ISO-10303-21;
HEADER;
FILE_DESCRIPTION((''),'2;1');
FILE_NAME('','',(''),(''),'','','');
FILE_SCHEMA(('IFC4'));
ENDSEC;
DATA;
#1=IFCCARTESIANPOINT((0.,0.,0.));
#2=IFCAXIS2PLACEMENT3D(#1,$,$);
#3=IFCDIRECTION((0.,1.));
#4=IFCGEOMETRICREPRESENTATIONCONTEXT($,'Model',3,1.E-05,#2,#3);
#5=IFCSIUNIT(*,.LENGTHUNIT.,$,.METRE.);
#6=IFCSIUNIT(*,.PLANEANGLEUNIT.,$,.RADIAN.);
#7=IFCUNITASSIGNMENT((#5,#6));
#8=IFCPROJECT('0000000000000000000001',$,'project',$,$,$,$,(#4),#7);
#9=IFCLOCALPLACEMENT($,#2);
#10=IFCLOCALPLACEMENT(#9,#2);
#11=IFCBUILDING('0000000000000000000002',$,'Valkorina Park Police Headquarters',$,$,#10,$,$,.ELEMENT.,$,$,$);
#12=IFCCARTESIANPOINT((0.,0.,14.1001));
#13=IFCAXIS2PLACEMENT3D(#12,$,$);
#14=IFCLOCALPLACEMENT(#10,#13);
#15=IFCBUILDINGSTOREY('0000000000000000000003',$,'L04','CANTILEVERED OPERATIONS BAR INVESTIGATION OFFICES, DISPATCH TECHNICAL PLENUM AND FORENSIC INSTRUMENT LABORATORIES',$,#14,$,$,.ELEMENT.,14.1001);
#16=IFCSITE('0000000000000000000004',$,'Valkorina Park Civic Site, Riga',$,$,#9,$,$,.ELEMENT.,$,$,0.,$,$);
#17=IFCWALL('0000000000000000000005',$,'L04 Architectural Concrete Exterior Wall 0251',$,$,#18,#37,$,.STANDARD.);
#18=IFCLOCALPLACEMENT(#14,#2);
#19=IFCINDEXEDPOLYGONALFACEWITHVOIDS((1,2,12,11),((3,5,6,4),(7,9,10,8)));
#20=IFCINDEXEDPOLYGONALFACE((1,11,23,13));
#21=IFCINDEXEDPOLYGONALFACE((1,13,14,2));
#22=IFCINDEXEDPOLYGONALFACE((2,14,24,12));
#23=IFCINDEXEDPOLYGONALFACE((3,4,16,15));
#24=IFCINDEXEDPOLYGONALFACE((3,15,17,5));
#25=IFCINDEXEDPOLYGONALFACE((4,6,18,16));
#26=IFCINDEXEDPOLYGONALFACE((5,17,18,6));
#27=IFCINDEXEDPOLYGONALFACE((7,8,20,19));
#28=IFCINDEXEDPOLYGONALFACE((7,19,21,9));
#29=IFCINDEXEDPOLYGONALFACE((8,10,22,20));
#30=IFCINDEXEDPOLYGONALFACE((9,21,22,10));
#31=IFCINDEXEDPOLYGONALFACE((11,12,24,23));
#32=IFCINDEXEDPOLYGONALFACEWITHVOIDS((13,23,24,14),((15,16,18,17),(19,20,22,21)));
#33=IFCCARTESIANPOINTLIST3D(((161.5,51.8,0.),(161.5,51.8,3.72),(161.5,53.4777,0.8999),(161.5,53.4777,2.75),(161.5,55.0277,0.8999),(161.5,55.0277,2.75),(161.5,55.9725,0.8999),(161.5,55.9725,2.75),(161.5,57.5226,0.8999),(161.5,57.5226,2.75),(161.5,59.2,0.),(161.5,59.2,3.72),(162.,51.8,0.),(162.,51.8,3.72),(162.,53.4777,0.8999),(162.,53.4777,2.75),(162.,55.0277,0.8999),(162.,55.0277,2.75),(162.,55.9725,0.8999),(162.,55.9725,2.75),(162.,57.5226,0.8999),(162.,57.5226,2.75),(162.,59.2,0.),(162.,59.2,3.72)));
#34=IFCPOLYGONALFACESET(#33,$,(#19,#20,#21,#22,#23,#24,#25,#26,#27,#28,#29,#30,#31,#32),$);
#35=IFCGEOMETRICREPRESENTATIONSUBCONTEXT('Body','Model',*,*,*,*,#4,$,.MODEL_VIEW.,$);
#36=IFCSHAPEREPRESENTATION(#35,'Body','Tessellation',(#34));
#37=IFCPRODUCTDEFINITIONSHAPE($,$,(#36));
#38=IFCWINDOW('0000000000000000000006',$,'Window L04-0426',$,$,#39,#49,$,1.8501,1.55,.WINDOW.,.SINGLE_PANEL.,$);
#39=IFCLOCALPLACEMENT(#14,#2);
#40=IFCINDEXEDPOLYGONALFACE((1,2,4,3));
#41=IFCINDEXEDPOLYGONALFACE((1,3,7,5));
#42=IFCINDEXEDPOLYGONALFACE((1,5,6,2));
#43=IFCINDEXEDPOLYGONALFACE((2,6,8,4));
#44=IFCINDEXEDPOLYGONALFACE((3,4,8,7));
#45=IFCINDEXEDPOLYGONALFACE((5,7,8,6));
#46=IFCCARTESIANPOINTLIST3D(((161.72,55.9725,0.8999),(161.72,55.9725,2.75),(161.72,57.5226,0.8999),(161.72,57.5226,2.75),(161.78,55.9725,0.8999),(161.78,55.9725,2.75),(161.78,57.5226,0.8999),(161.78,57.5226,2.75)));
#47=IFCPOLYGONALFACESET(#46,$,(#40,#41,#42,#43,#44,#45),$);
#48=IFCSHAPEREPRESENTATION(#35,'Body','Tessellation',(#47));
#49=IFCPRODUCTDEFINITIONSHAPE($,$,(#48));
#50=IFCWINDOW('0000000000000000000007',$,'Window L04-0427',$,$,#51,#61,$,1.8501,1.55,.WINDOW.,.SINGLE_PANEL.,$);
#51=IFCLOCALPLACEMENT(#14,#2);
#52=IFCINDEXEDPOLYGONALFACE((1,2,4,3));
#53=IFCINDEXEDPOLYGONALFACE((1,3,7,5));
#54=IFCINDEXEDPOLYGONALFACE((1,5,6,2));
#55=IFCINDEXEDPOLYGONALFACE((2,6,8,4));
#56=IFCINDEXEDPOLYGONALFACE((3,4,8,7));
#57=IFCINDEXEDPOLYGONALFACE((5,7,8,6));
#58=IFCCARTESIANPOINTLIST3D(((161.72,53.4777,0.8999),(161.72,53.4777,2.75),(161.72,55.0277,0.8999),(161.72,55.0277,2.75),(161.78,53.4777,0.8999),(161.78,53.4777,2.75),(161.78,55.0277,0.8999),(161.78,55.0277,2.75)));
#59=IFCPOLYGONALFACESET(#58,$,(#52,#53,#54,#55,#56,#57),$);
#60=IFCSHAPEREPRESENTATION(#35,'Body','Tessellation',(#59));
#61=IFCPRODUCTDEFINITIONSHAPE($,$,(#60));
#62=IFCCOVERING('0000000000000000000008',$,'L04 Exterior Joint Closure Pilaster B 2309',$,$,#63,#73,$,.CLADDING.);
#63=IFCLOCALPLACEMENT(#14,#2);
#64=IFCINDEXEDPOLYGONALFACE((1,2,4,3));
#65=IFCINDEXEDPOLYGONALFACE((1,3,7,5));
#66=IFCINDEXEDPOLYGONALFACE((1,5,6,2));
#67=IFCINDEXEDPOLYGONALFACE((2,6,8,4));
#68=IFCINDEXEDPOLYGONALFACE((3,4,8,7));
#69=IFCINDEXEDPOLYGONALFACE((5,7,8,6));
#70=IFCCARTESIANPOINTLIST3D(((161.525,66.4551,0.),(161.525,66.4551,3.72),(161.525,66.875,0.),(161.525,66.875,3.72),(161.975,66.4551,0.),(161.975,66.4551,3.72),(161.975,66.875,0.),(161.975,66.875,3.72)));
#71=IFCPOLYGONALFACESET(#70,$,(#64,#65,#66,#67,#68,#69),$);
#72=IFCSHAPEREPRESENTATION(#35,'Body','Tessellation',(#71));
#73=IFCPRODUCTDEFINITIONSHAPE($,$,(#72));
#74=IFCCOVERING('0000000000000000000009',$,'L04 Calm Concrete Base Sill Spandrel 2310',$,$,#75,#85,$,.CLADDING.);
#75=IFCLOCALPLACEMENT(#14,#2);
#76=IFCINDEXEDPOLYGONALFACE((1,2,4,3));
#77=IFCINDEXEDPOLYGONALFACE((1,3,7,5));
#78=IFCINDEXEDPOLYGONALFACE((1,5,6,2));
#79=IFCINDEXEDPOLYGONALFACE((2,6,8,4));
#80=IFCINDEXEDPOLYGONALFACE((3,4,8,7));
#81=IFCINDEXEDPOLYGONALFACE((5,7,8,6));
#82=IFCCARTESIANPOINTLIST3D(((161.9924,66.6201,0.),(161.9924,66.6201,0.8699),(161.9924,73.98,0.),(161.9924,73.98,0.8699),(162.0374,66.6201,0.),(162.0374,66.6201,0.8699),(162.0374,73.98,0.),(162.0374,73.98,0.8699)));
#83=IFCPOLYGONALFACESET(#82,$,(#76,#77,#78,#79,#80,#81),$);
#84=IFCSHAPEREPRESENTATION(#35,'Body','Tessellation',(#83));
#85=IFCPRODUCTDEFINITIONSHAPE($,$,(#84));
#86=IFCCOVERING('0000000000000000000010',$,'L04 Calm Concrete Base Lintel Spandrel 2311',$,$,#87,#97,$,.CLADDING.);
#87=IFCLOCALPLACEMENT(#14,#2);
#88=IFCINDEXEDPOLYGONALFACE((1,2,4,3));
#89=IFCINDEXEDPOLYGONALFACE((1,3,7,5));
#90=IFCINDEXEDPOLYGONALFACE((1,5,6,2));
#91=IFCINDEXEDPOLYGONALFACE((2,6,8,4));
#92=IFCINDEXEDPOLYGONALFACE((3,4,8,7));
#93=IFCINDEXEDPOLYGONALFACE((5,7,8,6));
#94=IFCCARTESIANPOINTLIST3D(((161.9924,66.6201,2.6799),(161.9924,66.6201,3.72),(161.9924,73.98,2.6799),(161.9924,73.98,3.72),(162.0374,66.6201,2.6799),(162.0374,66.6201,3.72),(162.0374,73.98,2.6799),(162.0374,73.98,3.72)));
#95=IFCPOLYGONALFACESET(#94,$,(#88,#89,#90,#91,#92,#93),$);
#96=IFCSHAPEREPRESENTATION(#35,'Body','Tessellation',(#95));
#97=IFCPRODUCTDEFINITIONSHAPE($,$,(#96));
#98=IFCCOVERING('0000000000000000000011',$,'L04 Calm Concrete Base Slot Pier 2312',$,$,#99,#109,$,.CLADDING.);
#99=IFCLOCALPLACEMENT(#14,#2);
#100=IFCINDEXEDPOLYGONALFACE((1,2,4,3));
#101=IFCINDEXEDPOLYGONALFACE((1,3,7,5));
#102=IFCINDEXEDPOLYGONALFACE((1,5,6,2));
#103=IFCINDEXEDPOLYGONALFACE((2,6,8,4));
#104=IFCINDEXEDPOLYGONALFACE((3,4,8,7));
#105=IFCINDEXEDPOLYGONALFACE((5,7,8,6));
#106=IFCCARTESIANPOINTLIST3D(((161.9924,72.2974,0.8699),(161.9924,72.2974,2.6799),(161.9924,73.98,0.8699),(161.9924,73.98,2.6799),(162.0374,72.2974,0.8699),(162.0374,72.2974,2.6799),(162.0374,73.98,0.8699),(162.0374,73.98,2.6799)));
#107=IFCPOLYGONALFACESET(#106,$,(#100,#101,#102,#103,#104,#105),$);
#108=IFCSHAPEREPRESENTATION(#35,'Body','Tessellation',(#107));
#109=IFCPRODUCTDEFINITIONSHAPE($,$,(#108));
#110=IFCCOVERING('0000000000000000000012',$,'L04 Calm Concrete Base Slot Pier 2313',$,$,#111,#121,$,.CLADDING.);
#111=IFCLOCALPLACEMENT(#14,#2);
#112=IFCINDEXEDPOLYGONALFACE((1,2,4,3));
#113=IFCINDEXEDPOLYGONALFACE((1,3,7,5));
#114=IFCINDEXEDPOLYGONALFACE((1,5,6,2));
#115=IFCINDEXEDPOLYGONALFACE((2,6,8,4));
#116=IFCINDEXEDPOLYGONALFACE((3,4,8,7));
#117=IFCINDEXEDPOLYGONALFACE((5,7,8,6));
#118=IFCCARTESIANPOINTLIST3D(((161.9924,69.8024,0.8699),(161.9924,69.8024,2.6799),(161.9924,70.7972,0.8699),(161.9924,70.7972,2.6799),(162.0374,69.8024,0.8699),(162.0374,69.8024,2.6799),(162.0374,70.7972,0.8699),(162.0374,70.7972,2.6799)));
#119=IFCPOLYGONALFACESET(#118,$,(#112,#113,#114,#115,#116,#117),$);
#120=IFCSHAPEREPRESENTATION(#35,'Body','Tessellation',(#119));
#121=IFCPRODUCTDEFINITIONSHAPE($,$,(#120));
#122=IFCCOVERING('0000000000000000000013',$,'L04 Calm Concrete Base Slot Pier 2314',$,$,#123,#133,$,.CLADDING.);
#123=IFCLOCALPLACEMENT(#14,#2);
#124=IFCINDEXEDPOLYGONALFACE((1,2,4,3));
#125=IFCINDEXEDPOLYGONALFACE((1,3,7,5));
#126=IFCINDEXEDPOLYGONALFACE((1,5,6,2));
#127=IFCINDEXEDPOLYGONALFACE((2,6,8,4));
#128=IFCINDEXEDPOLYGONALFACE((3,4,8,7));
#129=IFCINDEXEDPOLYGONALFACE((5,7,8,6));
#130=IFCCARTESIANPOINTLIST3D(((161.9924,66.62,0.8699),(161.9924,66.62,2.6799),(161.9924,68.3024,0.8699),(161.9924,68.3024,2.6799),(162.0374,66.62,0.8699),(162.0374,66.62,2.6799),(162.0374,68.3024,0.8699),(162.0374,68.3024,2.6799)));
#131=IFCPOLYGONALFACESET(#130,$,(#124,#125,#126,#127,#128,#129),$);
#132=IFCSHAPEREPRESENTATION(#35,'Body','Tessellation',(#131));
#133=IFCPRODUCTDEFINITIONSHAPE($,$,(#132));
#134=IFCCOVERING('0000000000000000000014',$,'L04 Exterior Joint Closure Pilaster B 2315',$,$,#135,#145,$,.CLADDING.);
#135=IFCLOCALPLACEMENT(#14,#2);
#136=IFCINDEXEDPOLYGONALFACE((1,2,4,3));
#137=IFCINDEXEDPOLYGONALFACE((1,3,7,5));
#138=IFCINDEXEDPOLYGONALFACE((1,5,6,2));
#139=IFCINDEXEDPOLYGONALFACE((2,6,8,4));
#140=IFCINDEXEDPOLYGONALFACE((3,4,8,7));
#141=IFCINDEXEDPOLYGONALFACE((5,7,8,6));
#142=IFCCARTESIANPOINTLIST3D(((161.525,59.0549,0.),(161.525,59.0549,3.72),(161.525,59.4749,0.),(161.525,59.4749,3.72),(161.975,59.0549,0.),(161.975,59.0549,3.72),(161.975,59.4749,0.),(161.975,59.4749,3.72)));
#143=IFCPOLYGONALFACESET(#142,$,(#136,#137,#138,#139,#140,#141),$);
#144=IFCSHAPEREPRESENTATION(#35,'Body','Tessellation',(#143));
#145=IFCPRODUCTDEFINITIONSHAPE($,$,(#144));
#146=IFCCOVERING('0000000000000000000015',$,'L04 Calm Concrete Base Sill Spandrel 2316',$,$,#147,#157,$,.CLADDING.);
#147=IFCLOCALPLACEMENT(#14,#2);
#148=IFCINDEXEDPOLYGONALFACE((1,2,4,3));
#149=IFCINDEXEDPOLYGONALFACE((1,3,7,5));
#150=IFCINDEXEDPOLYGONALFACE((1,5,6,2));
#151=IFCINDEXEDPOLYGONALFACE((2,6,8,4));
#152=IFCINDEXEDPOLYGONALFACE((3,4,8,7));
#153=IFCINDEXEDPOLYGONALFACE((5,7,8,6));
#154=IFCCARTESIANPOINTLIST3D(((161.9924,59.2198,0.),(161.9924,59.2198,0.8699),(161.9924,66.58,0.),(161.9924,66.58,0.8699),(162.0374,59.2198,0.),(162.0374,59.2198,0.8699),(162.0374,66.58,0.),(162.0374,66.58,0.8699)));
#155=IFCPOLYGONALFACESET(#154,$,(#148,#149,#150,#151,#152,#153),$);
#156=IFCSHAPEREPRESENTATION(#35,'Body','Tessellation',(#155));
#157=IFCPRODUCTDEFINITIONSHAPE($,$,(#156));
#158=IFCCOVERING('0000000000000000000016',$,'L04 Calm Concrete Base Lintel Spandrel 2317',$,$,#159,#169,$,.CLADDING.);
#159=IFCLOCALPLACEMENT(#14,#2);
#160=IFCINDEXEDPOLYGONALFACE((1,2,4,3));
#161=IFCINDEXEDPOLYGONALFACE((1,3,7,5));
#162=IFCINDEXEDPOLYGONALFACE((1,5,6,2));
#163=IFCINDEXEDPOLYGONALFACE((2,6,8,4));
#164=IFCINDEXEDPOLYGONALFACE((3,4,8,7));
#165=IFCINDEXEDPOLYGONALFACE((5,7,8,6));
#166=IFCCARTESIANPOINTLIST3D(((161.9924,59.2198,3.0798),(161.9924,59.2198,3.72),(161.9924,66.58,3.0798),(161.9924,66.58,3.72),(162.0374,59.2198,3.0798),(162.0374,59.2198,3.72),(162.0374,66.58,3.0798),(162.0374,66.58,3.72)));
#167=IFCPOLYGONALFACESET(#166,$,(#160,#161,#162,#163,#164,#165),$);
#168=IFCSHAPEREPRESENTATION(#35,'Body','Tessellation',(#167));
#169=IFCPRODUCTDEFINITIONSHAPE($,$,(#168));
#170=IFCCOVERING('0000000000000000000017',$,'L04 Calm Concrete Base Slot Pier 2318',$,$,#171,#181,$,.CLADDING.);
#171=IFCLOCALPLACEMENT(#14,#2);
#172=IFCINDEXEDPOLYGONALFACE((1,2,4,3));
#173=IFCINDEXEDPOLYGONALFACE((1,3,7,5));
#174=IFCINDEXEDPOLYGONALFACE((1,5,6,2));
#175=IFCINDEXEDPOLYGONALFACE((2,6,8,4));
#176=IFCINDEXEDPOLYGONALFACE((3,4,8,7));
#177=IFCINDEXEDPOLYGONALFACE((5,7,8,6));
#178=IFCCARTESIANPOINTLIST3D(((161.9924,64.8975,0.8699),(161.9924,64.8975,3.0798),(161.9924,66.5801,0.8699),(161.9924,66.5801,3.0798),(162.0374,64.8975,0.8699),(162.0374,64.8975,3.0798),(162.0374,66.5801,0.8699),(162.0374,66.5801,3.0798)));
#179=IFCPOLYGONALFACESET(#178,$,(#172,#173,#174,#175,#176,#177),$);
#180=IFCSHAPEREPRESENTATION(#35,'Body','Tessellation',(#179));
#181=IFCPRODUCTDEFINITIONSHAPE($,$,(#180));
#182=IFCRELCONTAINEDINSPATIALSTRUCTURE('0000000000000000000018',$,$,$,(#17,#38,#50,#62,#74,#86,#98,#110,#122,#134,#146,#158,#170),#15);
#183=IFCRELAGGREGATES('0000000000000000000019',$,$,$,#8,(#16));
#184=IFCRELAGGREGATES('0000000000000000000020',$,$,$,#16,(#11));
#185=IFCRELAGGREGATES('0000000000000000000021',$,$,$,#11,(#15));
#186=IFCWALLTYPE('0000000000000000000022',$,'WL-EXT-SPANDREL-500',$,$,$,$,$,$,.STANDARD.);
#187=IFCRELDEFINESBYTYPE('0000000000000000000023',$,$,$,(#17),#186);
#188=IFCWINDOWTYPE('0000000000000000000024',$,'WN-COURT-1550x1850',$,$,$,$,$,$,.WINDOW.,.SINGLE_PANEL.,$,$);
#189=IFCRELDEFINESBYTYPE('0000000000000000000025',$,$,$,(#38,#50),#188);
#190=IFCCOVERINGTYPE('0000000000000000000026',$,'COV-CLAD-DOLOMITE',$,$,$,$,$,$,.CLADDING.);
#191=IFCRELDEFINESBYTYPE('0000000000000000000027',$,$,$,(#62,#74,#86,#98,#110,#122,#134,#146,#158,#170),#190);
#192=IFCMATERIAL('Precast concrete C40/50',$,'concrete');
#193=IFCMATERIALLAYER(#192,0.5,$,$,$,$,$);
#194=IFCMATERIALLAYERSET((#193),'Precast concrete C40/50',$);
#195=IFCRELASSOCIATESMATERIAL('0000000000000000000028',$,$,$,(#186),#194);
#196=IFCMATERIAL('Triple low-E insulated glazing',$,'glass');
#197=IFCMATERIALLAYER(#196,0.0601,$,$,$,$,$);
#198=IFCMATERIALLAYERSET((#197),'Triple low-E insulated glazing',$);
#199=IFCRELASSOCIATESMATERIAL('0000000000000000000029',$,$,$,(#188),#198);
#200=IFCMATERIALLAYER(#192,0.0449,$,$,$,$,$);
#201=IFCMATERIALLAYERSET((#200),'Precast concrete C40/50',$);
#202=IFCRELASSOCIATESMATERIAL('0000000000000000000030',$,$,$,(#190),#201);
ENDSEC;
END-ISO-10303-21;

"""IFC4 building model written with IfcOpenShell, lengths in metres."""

from ifc_helpers import new_model, si_unit, direction, frame, frame_2d, origin, origin_2d, place, context, subcontext, project, spatial, rectangle, extrude, material, layer, layer_set, type_object, element, fill, save


model = new_model("IFC4")

# Units and contexts
model_context = context("Model", 3, precision=1e-05, world=origin(), true_north=direction((0.0, 1.0)))
body_context = subcontext(model_context, "Body", "Model", "MODEL_VIEW")
ifc_project = project(units=[si_unit("LENGTHUNIT", "METRE"), si_unit("PLANEANGLEUNIT", "RADIAN")], contexts=[model_context])

# Site, building, storey
site_placement = place(None, origin())
site = spatial("IfcSite", under=ifc_project, at=site_placement, Name="Valkorina Park Civic Site, Riga", CompositionType="ELEMENT", RefElevation=0.0)
building_placement = place(site_placement, origin())
building = spatial("IfcBuilding", under=site, at=building_placement, Name="Valkorina Park Police Headquarters", CompositionType="ELEMENT")
storey_placement = place(building_placement, frame((0.0, 0.0, 14.1001)))
storey = spatial("IfcBuildingStorey", under=building, at=storey_placement, Name="L04", Description="CANTILEVERED OPERATIONS BAR INVESTIGATION OFFICES, DISPATCH TECHNICAL PLENUM AND FORENSIC INSTRUMENT LABORATORIES", CompositionType="ELEMENT", Elevation=14.1001)

# Wall, openings, windows
ifc_material_1 = material(Name="Precast concrete C40/50", Category="concrete")
ifc_layer_1 = layer(ifc_material_1, 0.5)
ifc_layer_set_1 = layer_set([ifc_layer_1], Name="Precast concrete C40/50")
wall_type = type_object("IfcWallType", Name="WL-EXT-SPANDREL-500", PredefinedType="STANDARD", material=ifc_layer_set_1)
ifc_material_2 = material(Name="Triple low-E insulated glazing", Category="glass")
wall_1_placement = place(storey_placement, frame((161.75, 59.2, 0.0), z_axis=(0.0, 0.0, 1.0), x_axis=(0.0, -1.0, 0.0)))
wall_1 = element("IfcWall", 1, at=wall_1_placement, inside=storey, type_object=wall_type, Name="L04 Architectural Concrete Exterior Wall 0251", PredefinedType="STANDARD", context=body_context, shape_type="SweptSolid", body=[
    extrude(rectangle(XDim=7.3999, YDim=0.5, at=frame_2d((3.7, 0.0))), origin(), (0.0, 0.0, 1.0), 3.72),
])
opening_1_placement = place(wall_1_placement, frame((1.6775, 0.0, 0.8999)))
opening_1 = element("IfcOpeningElement", 2, at=opening_1_placement, cuts=wall_1, PredefinedType="OPENING", context=body_context, shape_type="SweptSolid", body=[
    extrude(rectangle(XDim=1.55, YDim=1.8501, at=frame_2d((0.7749, 0.925))), frame((0.0, 0.26, 0.0), z_axis=(0.0, -1.0, 0.0), x_axis=(1.0, 0.0, 0.0)), (0.0, 0.0, 1.0), 0.52),
])
opening_2_placement = place(wall_1_placement, frame((4.1724, 0.0, 0.8999)))
opening_2 = element("IfcOpeningElement", 3, at=opening_2_placement, cuts=wall_1, PredefinedType="OPENING", context=body_context, shape_type="SweptSolid", body=[
    extrude(rectangle(XDim=1.55, YDim=1.8501, at=frame_2d((0.7749, 0.925))), frame((0.0, 0.26, 0.0), z_axis=(0.0, -1.0, 0.0), x_axis=(1.0, 0.0, 0.0)), (0.0, 0.0, 1.0), 0.52),
])
ifc_layer_2 = layer(ifc_material_2, 0.0601)
ifc_layer_set_2 = layer_set([ifc_layer_2], Name="Triple low-E insulated glazing")
window_type_1 = type_object("IfcWindowType", Name="WN-COURT-1550x1850", PartitioningType="SINGLE_PANEL", PredefinedType="WINDOW", material=ifc_layer_set_2)
window_1_placement = place(opening_1_placement, origin())
window_1 = element("IfcWindow", 4, at=window_1_placement, inside=storey, type_object=window_type_1, Name="Window L04-0426", OverallHeight=1.8501, OverallWidth=1.55, PartitioningType="SINGLE_PANEL", PredefinedType="WINDOW", context=body_context, shape_type="SweptSolid", body=[
    extrude(rectangle(XDim=1.55, YDim=1.8501, at=frame_2d((0.7749, 0.925))), frame((0.0, 0.03, 0.0), z_axis=(0.0, -1.0, 0.0), x_axis=(1.0, 0.0, 0.0)), (0.0, 0.0, 1.0), 0.0601),
])
fill(opening_1, window_1)
window_2_placement = place(opening_2_placement, origin())
window_2 = element("IfcWindow", 5, at=window_2_placement, inside=storey, type_object=window_type_1, Name="Window L04-0427", OverallHeight=1.8501, OverallWidth=1.55, PartitioningType="SINGLE_PANEL", PredefinedType="WINDOW", context=body_context, shape_type="SweptSolid", body=[
    extrude(rectangle(XDim=1.55, YDim=1.8501, at=frame_2d((0.7749, 0.925))), frame((0.0, 0.03, 0.0), z_axis=(0.0, -1.0, 0.0), x_axis=(1.0, 0.0, 0.0)), (0.0, 0.0, 1.0), 0.0601),
])
fill(opening_2, window_2)

# Coverings
ifc_layer_3 = layer(ifc_material_1, 0.0449)
ifc_layer_set_3 = layer_set([ifc_layer_3], Name="Precast concrete C40/50")
covering_type = type_object("IfcCoveringType", Name="COV-CLAD-DOLOMITE", PredefinedType="CLADDING", material=ifc_layer_set_3)
covering_1_placement = place(storey_placement, frame((161.75, 66.665, 0.0), z_axis=(0.0, 0.0, 1.0), x_axis=(0.0, 1.0, 0.0)))
element("IfcCovering", 6, at=covering_1_placement, inside=storey, type_object=covering_type, Name="L04 Exterior Joint Closure Pilaster B 2309", PredefinedType="CLADDING", context=body_context, shape_type="SweptSolid", body=[
    extrude(rectangle(XDim=0.4199, YDim=0.45, at=origin_2d()), origin(), (0.0, 0.0, 1.0), 3.72),
])
covering_2_placement = place(storey_placement, frame((162.0149, 73.98, 0.0), z_axis=(0.0, 0.0, 1.0), x_axis=(0.0, -1.0, 0.0)))
element("IfcCovering", 7, at=covering_2_placement, inside=storey, type_object=covering_type, Name="L04 Calm Concrete Base Sill Spandrel 2310", PredefinedType="CLADDING", context=body_context, shape_type="SweptSolid", body=[
    extrude(rectangle(XDim=7.3599, YDim=0.0449, at=frame_2d((3.6799, 0.0))), origin(), (0.0, 0.0, 1.0), 0.8699),
])
covering_3_placement = place(storey_placement, frame((162.0149, 73.98, 2.6799), z_axis=(0.0, 0.0, 1.0), x_axis=(0.0, -1.0, 0.0)))
element("IfcCovering", 8, at=covering_3_placement, inside=storey, type_object=covering_type, Name="L04 Calm Concrete Base Lintel Spandrel 2311", PredefinedType="CLADDING", context=body_context, shape_type="SweptSolid", body=[
    extrude(rectangle(XDim=7.3599, YDim=0.0449, at=frame_2d((3.6799, 0.0))), origin(), (0.0, 0.0, 1.0), 1.04),
])
covering_4_placement = place(storey_placement, frame((162.0149, 73.98, 0.8699), z_axis=(0.0, 0.0, 1.0), x_axis=(0.0, -1.0, 0.0)))
element("IfcCovering", 9, at=covering_4_placement, inside=storey, type_object=covering_type, Name="L04 Calm Concrete Base Slot Pier 2312", PredefinedType="CLADDING", context=body_context, shape_type="SweptSolid", body=[
    extrude(rectangle(XDim=1.6826, YDim=0.0449, at=frame_2d((0.8413, 0.0))), origin(), (0.0, 0.0, 1.0), 1.8101),
])
covering_5_placement = place(storey_placement, frame((162.0149, 70.7974, 0.8699), z_axis=(0.0, 0.0, 1.0), x_axis=(0.0, -1.0, 0.0)))
element("IfcCovering", 10, at=covering_5_placement, inside=storey, type_object=covering_type, Name="L04 Calm Concrete Base Slot Pier 2313", PredefinedType="CLADDING", context=body_context, shape_type="SweptSolid", body=[
    extrude(rectangle(XDim=0.9949, YDim=0.0449, at=frame_2d((0.4976, 0.0))), origin(), (0.0, 0.0, 1.0), 1.8101),
])
covering_6_placement = place(storey_placement, frame((162.0149, 68.3025, 0.8699), z_axis=(0.0, 0.0, 1.0), x_axis=(0.0, -1.0, 0.0)))
element("IfcCovering", 11, at=covering_6_placement, inside=storey, type_object=covering_type, Name="L04 Calm Concrete Base Slot Pier 2314", PredefinedType="CLADDING", context=body_context, shape_type="SweptSolid", body=[
    extrude(rectangle(XDim=1.6824, YDim=0.0449, at=frame_2d((0.8413, 0.0))), origin(), (0.0, 0.0, 1.0), 1.8101),
])
covering_7_placement = place(storey_placement, frame((161.75, 59.2649, 0.0), z_axis=(0.0, 0.0, 1.0), x_axis=(0.0, 1.0, 0.0)))
element("IfcCovering", 12, at=covering_7_placement, inside=storey, type_object=covering_type, Name="L04 Exterior Joint Closure Pilaster B 2315", PredefinedType="CLADDING", context=body_context, shape_type="SweptSolid", body=[
    extrude(rectangle(XDim=0.4199, YDim=0.45, at=origin_2d()), origin(), (0.0, 0.0, 1.0), 3.72),
])
covering_8_placement = place(storey_placement, frame((162.0149, 66.5801, 0.0), z_axis=(0.0, 0.0, 1.0), x_axis=(0.0, -1.0, 0.0)))
element("IfcCovering", 13, at=covering_8_placement, inside=storey, type_object=covering_type, Name="L04 Calm Concrete Base Sill Spandrel 2316", PredefinedType="CLADDING", context=body_context, shape_type="SweptSolid", body=[
    extrude(rectangle(XDim=7.3601, YDim=0.0449, at=frame_2d((3.6802, 0.0))), origin(), (0.0, 0.0, 1.0), 0.8699),
])
covering_9_placement = place(storey_placement, frame((162.0149, 66.5801, 3.0798), z_axis=(0.0, 0.0, 1.0), x_axis=(0.0, -1.0, 0.0)))
element("IfcCovering", 14, at=covering_9_placement, inside=storey, type_object=covering_type, Name="L04 Calm Concrete Base Lintel Spandrel 2317", PredefinedType="CLADDING", context=body_context, shape_type="SweptSolid", body=[
    extrude(rectangle(XDim=7.3601, YDim=0.0449, at=frame_2d((3.6802, 0.0))), origin(), (0.0, 0.0, 1.0), 0.6401),
])
covering_10_placement = place(storey_placement, frame((162.0149, 66.5801, 0.8699), z_axis=(0.0, 0.0, 1.0), x_axis=(0.0, -1.0, 0.0)))
element("IfcCovering", 15, at=covering_10_placement, inside=storey, type_object=covering_type, Name="L04 Calm Concrete Base Slot Pier 2318", PredefinedType="CLADDING", context=body_context, shape_type="SweptSolid", body=[
    extrude(rectangle(XDim=1.6826, YDim=0.0449, at=frame_2d((0.8413, 0.0))), origin(), (0.0, 0.0, 1.0), 2.21),
])

save(model, "model.ifc")
